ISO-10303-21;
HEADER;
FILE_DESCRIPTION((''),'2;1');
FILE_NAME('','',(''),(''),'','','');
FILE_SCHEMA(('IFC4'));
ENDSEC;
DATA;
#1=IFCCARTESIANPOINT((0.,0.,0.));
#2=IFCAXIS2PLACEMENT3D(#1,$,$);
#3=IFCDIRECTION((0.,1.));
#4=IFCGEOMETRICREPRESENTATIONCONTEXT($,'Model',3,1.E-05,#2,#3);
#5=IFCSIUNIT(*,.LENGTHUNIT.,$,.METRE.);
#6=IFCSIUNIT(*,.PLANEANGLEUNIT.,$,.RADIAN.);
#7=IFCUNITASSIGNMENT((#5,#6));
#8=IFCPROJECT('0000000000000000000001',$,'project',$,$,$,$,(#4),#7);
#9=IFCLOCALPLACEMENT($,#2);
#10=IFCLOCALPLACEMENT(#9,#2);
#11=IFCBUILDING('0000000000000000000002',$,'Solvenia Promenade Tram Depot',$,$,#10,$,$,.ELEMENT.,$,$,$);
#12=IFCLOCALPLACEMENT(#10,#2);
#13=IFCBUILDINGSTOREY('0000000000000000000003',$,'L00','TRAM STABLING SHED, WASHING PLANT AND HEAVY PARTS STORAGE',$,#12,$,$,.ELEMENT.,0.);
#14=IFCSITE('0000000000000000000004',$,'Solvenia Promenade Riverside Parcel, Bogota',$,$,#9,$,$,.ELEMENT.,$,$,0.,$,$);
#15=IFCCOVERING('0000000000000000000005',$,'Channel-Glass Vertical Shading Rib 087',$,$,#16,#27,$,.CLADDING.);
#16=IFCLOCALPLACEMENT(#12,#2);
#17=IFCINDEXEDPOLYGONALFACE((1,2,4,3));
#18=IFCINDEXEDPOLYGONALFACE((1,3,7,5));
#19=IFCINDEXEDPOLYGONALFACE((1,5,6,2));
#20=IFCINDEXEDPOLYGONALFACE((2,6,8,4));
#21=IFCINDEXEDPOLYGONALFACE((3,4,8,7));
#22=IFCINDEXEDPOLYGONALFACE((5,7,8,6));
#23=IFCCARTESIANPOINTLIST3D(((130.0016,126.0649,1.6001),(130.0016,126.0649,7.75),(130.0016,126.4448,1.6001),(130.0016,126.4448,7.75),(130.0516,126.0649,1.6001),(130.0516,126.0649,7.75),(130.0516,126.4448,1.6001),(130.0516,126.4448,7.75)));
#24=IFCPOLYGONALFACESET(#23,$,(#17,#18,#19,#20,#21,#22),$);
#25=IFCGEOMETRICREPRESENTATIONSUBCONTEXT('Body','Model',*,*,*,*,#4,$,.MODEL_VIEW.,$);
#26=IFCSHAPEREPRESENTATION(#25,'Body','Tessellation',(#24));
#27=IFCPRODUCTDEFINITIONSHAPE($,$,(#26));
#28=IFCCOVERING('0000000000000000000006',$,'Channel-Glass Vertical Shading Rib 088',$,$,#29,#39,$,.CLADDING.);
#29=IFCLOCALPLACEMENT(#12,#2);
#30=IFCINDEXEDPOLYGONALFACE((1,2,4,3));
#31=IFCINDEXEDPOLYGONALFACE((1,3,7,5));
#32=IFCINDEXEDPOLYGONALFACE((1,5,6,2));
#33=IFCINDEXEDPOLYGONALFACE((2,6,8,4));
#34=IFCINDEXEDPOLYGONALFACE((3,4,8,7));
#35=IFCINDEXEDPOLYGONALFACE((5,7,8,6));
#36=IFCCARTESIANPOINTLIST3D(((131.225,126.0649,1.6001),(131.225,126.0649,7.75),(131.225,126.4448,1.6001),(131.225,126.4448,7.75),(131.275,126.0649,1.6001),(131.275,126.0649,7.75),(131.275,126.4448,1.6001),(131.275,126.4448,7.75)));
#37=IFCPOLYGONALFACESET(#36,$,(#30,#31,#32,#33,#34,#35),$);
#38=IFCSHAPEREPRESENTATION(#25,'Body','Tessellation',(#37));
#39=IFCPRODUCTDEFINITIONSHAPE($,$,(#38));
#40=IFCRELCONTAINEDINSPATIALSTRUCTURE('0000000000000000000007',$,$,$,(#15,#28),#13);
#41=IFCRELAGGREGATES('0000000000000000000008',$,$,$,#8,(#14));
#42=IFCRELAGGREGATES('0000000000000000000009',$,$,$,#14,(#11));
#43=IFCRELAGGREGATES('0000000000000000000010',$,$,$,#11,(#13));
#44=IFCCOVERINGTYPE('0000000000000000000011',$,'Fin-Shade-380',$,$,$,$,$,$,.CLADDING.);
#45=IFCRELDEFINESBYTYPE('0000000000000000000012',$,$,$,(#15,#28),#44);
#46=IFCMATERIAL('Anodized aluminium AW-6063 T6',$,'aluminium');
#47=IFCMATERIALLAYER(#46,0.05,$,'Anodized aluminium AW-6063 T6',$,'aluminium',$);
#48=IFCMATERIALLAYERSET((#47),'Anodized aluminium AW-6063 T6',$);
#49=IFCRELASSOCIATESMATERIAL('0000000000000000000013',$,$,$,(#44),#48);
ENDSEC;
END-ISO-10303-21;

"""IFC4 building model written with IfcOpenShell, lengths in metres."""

from ifc_helpers import new_model, si_unit, direction, frame, origin, origin_2d, place, context, subcontext, project, spatial, rectangle, extrude, material, layer, layer_set, type_object, element, save


model = new_model("IFC4")

# Units and contexts
model_context = context("Model", 3, precision=1e-05, world=origin(), true_north=direction((0.0, 1.0)))
body_context = subcontext(model_context, "Body", "Model", "MODEL_VIEW")
ifc_project = project(units=[si_unit("LENGTHUNIT", "METRE"), si_unit("PLANEANGLEUNIT", "RADIAN")], contexts=[model_context])

# Site, building, storey
site_placement = place(None, origin())
site = spatial("IfcSite", under=ifc_project, at=site_placement, Name="Solvenia Promenade Riverside Parcel, Bogota", CompositionType="ELEMENT", RefElevation=0.0)
building_placement = place(site_placement, origin())
building = spatial("IfcBuilding", under=site, at=building_placement, Name="Solvenia Promenade Tram Depot", CompositionType="ELEMENT")
storey_placement = place(building_placement, origin())
storey = spatial("IfcBuildingStorey", under=building, at=storey_placement, Name="L00", Description="TRAM STABLING SHED, WASHING PLANT AND HEAVY PARTS STORAGE", CompositionType="ELEMENT", Elevation=0.0)

# Shared definitions
ifc_material_1 = material(Name="Anodized aluminium AW-6063 T6", Category="aluminium")

# Coverings
ifc_layer_1 = layer(ifc_material_1, 0.05, Name="Anodized aluminium AW-6063 T6", Category="aluminium")
ifc_layer_set_1 = layer_set([ifc_layer_1], Name="Anodized aluminium AW-6063 T6")
covering_type = type_object("IfcCoveringType", Name="Fin-Shade-380", PredefinedType="CLADDING", material=ifc_layer_set_1)
for number, where, z_axis, x_axis, name in (
    (1, (130.0266, 126.2549, 1.6001), (0.0, 0.0, 1.0), (1.0, 0.0, 0.0), "Channel-Glass Vertical Shading Rib 087"),
    (2, (131.25, 126.2549, 1.6001), (0.0, 0.0, 1.0), (1.0, 0.0, 0.0), "Channel-Glass Vertical Shading Rib 088"),
):
    element("IfcCovering", number, at=place(storey_placement, frame(where, z_axis=z_axis, x_axis=x_axis)), inside=storey, type_object=covering_type, Name=name, PredefinedType="CLADDING", context=body_context, shape_type="SweptSolid", body=[
        extrude(rectangle(XDim=0.05, YDim=0.3799, at=origin_2d()), origin(), (0.0, 0.0, 1.0), 6.1499),
    ])

save(model, "model.ifc")
